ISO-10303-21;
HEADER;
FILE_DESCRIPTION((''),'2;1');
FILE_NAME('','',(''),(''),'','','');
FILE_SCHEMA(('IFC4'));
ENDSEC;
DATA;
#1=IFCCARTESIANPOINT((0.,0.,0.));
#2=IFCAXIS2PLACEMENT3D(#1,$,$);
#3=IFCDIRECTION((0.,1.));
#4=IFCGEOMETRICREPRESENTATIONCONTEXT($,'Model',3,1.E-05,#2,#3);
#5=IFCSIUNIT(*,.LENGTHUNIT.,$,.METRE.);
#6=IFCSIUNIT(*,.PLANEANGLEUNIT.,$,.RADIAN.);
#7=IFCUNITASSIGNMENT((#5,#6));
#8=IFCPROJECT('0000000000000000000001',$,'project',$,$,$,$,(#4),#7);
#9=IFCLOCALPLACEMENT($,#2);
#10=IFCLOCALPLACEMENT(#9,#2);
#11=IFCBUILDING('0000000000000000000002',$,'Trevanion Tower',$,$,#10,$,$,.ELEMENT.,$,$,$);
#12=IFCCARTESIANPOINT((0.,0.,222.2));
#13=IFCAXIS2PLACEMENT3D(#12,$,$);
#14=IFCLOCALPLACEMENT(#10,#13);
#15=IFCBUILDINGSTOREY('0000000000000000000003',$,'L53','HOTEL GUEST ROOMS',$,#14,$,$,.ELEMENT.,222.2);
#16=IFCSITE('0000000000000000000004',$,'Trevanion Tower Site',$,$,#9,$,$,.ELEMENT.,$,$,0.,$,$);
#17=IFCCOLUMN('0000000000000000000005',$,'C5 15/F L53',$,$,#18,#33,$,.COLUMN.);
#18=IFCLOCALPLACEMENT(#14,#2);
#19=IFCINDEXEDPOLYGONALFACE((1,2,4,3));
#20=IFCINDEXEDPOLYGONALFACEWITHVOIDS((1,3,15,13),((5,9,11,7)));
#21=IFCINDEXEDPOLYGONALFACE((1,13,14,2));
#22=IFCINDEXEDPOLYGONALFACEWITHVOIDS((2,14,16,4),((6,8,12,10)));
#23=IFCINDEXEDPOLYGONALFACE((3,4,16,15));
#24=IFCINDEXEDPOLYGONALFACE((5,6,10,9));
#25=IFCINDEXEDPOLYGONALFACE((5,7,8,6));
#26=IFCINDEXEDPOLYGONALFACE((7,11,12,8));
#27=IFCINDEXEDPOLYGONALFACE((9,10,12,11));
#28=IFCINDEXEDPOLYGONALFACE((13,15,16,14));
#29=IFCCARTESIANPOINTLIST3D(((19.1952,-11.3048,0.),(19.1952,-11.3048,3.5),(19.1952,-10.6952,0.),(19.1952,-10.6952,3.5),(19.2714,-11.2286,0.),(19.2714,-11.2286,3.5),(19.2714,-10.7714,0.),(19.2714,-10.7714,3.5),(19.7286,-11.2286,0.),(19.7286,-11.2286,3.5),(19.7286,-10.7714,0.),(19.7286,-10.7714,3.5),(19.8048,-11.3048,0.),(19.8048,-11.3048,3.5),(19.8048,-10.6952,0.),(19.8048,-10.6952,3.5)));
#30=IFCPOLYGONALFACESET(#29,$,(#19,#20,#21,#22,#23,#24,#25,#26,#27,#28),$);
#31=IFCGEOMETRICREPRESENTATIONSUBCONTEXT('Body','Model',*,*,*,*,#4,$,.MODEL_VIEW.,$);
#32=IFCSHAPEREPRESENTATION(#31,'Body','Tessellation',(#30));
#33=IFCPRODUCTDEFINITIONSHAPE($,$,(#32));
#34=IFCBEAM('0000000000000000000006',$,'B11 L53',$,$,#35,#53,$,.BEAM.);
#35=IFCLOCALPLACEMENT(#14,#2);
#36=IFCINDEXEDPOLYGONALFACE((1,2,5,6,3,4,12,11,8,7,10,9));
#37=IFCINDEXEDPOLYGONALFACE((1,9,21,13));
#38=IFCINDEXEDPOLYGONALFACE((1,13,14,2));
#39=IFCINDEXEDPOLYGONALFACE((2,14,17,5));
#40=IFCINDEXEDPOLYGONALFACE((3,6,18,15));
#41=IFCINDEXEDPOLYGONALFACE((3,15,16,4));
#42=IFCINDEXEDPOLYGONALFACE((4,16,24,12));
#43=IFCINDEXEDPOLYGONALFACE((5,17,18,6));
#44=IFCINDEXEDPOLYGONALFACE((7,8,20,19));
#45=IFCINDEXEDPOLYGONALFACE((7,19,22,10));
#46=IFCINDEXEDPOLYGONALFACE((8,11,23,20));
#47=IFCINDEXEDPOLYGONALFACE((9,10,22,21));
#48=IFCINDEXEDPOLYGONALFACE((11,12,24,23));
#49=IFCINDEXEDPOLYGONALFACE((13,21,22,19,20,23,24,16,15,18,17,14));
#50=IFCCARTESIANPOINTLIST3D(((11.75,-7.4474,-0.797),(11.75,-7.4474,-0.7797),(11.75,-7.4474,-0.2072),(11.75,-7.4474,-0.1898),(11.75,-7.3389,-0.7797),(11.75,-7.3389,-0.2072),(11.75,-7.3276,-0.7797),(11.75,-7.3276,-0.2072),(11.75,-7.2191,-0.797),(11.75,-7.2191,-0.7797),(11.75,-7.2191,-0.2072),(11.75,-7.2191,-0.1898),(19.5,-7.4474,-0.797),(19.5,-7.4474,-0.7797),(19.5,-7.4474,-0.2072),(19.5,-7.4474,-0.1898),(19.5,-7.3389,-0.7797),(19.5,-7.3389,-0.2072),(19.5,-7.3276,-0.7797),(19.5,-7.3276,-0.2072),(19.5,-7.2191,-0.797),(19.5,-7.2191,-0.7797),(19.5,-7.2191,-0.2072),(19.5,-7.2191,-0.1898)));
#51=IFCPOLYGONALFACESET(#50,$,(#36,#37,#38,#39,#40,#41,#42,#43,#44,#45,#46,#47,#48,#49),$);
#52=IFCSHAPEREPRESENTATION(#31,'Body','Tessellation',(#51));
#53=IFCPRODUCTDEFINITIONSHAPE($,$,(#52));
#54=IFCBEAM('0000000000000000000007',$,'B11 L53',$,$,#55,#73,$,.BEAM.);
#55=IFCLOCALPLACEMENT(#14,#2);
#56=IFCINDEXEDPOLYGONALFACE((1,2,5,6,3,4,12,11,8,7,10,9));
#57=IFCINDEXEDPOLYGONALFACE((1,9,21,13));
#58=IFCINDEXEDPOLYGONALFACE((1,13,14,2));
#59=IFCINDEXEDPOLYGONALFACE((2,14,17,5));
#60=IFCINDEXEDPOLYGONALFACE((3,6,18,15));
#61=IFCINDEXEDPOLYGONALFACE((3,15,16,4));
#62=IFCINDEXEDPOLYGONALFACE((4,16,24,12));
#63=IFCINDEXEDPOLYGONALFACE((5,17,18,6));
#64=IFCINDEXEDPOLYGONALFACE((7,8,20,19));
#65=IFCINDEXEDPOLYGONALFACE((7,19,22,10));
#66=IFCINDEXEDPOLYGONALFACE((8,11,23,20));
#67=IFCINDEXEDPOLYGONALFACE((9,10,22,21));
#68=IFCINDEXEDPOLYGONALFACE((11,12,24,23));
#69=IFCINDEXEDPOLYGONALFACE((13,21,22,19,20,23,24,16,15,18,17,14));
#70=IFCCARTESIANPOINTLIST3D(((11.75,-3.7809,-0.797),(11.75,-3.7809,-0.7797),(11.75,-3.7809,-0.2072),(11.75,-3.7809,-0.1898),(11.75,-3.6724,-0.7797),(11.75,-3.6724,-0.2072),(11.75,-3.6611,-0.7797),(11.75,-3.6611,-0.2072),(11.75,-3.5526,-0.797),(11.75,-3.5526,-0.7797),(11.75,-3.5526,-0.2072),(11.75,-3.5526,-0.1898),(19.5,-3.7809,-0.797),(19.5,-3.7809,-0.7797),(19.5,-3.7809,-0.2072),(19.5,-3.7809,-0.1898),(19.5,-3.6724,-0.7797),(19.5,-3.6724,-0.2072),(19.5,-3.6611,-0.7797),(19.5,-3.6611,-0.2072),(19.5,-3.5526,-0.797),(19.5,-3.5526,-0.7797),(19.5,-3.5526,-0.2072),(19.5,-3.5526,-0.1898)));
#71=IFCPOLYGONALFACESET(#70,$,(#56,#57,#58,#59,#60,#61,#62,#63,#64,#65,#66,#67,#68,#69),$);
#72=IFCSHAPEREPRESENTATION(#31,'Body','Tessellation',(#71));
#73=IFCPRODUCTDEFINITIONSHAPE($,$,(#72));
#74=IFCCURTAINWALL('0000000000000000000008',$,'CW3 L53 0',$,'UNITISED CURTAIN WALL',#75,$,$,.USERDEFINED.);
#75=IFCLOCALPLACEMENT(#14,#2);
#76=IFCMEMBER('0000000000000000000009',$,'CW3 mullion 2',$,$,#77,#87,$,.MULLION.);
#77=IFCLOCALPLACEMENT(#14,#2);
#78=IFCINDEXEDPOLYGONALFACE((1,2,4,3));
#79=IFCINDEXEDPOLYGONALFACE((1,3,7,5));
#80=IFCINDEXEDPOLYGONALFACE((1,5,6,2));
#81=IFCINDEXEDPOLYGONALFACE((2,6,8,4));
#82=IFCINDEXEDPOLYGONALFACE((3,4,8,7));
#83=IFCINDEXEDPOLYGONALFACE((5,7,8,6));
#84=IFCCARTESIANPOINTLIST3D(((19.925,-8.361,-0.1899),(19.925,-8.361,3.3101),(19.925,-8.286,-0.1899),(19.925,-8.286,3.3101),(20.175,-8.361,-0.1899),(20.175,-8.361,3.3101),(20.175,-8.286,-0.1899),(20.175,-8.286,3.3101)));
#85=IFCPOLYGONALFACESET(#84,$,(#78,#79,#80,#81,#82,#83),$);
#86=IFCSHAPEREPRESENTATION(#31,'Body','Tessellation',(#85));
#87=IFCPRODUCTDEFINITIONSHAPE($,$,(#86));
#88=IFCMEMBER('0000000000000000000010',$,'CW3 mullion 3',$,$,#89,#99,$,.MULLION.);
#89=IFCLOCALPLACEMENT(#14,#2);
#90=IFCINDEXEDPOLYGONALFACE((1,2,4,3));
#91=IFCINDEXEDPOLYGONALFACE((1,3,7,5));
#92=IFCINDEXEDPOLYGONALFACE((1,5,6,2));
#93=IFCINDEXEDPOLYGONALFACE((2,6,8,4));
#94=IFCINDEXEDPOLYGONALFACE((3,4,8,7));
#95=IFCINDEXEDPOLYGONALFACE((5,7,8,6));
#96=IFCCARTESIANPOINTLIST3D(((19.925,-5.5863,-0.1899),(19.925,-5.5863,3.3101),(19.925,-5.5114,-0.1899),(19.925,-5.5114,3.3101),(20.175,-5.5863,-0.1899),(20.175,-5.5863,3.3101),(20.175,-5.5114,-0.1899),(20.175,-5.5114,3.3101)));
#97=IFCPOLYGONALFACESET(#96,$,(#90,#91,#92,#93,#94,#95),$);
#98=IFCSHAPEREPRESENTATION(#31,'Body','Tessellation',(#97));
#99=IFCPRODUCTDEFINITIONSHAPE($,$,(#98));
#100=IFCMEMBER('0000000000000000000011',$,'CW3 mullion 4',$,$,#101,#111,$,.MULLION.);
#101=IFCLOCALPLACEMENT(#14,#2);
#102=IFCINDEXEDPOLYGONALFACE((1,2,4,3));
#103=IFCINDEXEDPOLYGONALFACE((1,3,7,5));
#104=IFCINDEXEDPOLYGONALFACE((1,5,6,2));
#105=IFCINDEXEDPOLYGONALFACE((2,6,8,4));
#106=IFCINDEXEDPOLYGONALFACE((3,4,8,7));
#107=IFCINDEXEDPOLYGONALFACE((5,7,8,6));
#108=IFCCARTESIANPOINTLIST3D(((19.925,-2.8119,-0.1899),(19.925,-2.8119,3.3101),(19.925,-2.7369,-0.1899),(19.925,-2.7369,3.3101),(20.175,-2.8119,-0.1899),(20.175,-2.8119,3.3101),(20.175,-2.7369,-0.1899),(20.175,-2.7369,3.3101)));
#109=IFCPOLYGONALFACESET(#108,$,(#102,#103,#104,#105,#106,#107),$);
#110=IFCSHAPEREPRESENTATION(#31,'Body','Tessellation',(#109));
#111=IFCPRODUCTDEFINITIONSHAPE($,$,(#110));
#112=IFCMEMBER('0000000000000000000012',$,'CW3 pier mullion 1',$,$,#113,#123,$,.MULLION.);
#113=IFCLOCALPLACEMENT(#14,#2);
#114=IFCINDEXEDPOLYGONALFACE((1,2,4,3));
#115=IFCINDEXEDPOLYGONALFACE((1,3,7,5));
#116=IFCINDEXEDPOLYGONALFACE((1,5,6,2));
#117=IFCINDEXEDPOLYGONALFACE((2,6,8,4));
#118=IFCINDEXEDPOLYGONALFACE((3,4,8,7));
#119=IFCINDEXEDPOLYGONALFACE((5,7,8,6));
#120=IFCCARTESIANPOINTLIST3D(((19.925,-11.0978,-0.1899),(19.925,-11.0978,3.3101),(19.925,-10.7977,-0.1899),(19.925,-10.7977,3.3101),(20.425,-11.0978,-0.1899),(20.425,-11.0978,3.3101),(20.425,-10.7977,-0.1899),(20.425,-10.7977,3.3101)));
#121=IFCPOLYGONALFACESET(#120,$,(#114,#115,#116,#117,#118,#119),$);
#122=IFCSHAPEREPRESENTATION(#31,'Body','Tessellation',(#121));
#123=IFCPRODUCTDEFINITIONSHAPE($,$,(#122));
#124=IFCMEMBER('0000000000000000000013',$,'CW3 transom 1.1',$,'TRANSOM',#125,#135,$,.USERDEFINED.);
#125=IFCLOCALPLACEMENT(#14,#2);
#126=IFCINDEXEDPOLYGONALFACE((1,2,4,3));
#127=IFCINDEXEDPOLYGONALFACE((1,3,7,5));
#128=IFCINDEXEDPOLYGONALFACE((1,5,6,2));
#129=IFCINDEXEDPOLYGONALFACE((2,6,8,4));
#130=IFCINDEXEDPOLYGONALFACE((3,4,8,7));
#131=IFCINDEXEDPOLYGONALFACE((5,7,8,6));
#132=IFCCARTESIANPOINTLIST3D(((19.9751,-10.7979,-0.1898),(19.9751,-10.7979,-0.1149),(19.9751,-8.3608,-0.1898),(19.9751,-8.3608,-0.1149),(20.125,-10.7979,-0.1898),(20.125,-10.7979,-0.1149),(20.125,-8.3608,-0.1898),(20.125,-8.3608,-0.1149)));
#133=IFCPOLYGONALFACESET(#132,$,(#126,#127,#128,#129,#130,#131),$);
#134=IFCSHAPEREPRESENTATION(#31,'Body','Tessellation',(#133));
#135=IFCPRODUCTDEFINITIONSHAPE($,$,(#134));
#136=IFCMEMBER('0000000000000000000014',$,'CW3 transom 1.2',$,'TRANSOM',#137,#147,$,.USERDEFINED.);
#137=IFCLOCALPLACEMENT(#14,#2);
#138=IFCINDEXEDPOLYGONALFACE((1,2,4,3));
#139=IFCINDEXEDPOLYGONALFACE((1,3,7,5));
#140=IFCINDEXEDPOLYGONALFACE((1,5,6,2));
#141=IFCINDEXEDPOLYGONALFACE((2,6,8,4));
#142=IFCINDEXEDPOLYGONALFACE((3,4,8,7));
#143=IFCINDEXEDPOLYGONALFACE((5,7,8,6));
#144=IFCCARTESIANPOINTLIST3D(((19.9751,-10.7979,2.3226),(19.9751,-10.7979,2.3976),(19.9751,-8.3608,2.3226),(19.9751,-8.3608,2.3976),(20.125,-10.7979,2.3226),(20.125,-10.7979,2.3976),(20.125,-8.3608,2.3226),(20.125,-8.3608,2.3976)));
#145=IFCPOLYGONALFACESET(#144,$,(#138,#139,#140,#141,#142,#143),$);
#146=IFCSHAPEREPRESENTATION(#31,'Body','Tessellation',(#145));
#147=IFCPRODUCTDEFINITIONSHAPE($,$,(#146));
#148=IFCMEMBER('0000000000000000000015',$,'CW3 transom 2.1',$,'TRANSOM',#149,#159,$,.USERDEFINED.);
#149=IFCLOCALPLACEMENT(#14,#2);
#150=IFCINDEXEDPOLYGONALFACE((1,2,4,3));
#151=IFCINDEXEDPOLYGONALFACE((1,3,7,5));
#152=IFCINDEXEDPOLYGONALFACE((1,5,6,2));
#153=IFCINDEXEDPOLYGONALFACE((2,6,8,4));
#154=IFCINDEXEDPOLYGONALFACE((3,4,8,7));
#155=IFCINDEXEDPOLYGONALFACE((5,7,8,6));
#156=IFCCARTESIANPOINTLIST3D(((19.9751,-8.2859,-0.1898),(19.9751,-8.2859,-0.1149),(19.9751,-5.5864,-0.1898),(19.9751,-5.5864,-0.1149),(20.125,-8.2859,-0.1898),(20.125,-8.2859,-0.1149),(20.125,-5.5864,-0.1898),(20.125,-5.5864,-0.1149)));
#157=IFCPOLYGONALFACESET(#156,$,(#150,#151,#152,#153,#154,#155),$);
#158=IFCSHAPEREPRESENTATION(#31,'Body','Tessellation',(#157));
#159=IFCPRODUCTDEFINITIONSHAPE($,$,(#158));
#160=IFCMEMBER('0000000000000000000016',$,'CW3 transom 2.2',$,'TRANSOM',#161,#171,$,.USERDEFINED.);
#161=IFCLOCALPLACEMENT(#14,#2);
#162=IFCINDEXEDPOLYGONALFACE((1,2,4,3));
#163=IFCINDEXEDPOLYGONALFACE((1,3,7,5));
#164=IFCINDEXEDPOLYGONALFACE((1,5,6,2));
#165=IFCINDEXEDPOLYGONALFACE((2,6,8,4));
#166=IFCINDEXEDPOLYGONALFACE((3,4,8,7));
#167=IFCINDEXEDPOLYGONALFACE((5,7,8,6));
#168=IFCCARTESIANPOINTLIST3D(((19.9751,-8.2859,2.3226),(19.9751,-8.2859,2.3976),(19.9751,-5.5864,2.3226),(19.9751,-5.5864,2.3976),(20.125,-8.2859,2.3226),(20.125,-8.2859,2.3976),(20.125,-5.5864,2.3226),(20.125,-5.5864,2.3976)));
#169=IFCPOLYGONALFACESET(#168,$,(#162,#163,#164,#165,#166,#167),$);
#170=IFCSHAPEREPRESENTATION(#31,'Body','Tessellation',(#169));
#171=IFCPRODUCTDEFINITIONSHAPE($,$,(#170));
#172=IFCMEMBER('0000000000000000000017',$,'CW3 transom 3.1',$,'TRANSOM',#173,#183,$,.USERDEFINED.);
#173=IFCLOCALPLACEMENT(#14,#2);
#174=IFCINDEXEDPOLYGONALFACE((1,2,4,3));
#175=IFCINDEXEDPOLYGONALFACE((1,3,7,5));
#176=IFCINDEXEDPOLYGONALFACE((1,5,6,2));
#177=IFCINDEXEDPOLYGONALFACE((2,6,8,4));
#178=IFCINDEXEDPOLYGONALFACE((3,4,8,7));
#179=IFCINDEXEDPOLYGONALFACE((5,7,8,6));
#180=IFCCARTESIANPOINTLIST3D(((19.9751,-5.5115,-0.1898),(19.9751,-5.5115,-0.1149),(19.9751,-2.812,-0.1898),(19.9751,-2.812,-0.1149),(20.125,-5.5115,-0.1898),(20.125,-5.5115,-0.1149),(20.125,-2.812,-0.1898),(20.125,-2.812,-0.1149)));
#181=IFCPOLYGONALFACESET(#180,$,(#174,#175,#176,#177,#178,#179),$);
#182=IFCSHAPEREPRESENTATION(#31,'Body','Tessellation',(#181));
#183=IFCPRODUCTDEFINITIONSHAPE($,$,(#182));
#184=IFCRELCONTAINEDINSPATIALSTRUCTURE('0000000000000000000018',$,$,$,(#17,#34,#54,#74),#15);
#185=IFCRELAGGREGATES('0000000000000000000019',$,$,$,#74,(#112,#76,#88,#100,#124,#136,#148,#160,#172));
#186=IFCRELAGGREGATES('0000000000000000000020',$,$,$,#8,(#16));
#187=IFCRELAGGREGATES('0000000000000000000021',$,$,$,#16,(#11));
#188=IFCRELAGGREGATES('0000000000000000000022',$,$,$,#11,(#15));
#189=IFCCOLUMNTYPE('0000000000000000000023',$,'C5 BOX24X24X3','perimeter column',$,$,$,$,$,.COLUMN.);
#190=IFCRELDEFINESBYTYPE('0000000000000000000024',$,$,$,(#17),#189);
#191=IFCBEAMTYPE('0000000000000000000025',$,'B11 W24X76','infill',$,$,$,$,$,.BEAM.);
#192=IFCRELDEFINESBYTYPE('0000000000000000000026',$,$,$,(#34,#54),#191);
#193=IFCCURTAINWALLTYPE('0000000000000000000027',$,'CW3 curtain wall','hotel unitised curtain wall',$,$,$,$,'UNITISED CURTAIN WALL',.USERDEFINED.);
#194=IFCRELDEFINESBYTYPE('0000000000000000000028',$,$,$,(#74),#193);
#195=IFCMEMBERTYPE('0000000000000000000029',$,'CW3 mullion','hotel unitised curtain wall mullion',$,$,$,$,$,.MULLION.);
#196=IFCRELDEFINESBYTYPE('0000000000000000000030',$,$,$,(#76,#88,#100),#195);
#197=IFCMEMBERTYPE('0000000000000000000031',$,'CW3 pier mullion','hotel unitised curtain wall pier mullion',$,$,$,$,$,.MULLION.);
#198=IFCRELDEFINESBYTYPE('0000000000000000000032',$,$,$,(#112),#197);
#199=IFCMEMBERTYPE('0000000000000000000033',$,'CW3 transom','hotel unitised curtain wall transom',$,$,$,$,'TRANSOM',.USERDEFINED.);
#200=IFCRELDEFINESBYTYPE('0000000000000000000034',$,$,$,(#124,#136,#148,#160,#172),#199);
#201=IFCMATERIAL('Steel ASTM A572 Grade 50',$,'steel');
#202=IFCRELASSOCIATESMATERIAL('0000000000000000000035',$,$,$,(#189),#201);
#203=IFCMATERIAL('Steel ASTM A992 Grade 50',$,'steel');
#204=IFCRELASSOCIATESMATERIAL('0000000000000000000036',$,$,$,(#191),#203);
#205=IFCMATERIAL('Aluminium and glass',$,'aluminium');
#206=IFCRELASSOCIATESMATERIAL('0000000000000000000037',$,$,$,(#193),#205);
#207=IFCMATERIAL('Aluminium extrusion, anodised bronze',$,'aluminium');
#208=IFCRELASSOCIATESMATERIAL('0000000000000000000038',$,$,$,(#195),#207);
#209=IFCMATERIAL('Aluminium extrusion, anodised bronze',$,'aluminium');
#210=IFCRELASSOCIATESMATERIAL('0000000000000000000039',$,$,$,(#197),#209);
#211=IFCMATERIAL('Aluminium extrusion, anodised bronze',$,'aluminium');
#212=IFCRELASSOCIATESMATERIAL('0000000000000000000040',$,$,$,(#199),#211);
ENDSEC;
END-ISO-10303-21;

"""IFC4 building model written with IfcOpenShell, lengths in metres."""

from ifc_helpers import new_model, si_unit, direction, frame, origin, origin_2d, place, context, subcontext, project, spatial, rectangle, hollow_rectangle, i_section, extrude, material, material_profile, profile_set, type_object, element, aggregate, save


model = new_model("IFC4")

# Units and contexts
model_context = context("Model", 3, precision=1e-05, world=origin(), true_north=direction((0.0, 1.0)))
body_context = subcontext(model_context, "Body", "Model", "MODEL_VIEW")
ifc_project = project(units=[si_unit("LENGTHUNIT", "METRE"), si_unit("PLANEANGLEUNIT", "RADIAN")], contexts=[model_context])

# Site, building, storey
site_placement = place(None, origin())
site = spatial("IfcSite", under=ifc_project, at=site_placement, Name="Trevanion Tower Site", CompositionType="ELEMENT", RefElevation=0.0)
building_placement = place(site_placement, origin())
building = spatial("IfcBuilding", under=site, at=building_placement, Name="Trevanion Tower", CompositionType="ELEMENT")
storey_placement = place(building_placement, frame((0.0, 0.0, 222.2)))
storey = spatial("IfcBuildingStorey", under=building, at=storey_placement, Name="L53", Description="HOTEL GUEST ROOMS", CompositionType="ELEMENT", Elevation=222.2)

# Column
ifc_material_1 = material(Name="Steel ASTM A572 Grade 50", Category="steel")
ifc_material_profile_1 = material_profile(ifc_material_1, hollow_rectangle(XDim=0.6096, YDim=0.6096, WallThickness=0.0762, at=origin_2d()), Name="BOX24X24X3")
ifc_profile_set_1 = profile_set([ifc_material_profile_1], Name="Steel ASTM A572 Grade 50")
column_type = type_object("IfcColumnType", Name="C5 BOX24X24X3", Description="perimeter column", PredefinedType="COLUMN", material=ifc_profile_set_1)
column_placement = place(storey_placement, frame((19.5, -11.0, 0.0), z_axis=(0.0, 0.0, 1.0), x_axis=(0.0, 1.0, 0.0)))
element("IfcColumn", 1, at=column_placement, inside=storey, type_object=column_type, Name="C5 15/F L53", PredefinedType="COLUMN", context=body_context, shape_type="SweptSolid", body=[
    extrude(hollow_rectangle(XDim=0.6096, YDim=0.6096, WallThickness=0.0762, at=origin_2d()), origin(), (0.0, 0.0, 1.0), 3.5),
])

# Beams
ifc_material_2 = material(Name="Steel ASTM A992 Grade 50", Category="steel")
ifc_material_profile_2 = material_profile(ifc_material_2, i_section(OverallWidth=0.2283, OverallDepth=0.6072, WebThickness=0.0112, FlangeThickness=0.0173, at=origin_2d()), Name="W24X76")
ifc_profile_set_2 = profile_set([ifc_material_profile_2], Name="Steel ASTM A992 Grade 50")
beam_type_1 = type_object("IfcBeamType", Name="B11 W24X76", Description="infill", PredefinedType="BEAM", material=ifc_profile_set_2)
for number, where, z_axis, x_axis, name in (
    (2, (11.75, -7.3333, -0.4934), (1.0, 0.0, 0.0), (0.0, 1.0, 0.0), "B11 L53"),
    (3, (11.75, -3.6667, -0.4934), (1.0, 0.0, 0.0), (0.0, 1.0, 0.0), "B11 L53"),
):
    element("IfcBeam", number, at=place(storey_placement, frame(where, z_axis=z_axis, x_axis=x_axis)), inside=storey, type_object=beam_type_1, Name=name, PredefinedType="BEAM", context=body_context, shape_type="SweptSolid", body=[
        extrude(i_section(OverallWidth=0.2283, OverallDepth=0.6072, WebThickness=0.0112, FlangeThickness=0.0173, at=origin_2d()), origin(), (0.0, 0.0, 1.0), 7.75),
    ])

# Curtain wall, members
ifc_material_3 = material(Name="Aluminium and glass", Category="aluminium")
curtain_wall_type = type_object("IfcCurtainWallType", Name="CW3 curtain wall", Description="hotel unitised curtain wall", ElementType="UNITISED CURTAIN WALL", PredefinedType="USERDEFINED", material=ifc_material_3)
curtain_wall_placement = place(storey_placement, origin())
curtain_wall = element("IfcCurtainWall", 4, at=curtain_wall_placement, inside=storey, type_object=curtain_wall_type, Name="CW3 L53 0", ObjectType="UNITISED CURTAIN WALL", PredefinedType="USERDEFINED")
ifc_material_4 = material(Name="Aluminium extrusion, anodised bronze", Category="aluminium")
ifc_material_profile_3 = material_profile(ifc_material_4, rectangle(XDim=0.075, YDim=0.25, at=origin_2d()), Name="CW3 mullion")
ifc_profile_set_3 = profile_set([ifc_material_profile_3], Name="Aluminium extrusion, anodised bronze")
member_type_1 = type_object("IfcMemberType", Name="CW3 mullion", Description="hotel unitised curtain wall mullion", PredefinedType="MULLION", material=ifc_profile_set_3)
member_1_placement = place(storey_placement, frame((20.05, -8.3235, -0.1899), z_axis=(0.0, 0.0, 1.0), x_axis=(0.0, 1.0, 0.0)))
member_1 = element("IfcMember", 5, at=member_1_placement, type_object=member_type_1, Name="CW3 mullion 2", PredefinedType="MULLION", context=body_context, shape_type="SweptSolid", body=[
    extrude(rectangle(XDim=0.075, YDim=0.25, at=origin_2d()), origin(), (0.0, 0.0, 1.0), 3.5),
])
member_2_placement = place(storey_placement, frame((20.05, -5.5488, -0.1899), z_axis=(0.0, 0.0, 1.0), x_axis=(0.0, 1.0, 0.0)))
member_2 = element("IfcMember", 6, at=member_2_placement, type_object=member_type_1, Name="CW3 mullion 3", PredefinedType="MULLION", context=body_context, shape_type="SweptSolid", body=[
    extrude(rectangle(XDim=0.075, YDim=0.25, at=origin_2d()), origin(), (0.0, 0.0, 1.0), 3.5),
])
member_3_placement = place(storey_placement, frame((20.05, -2.7744, -0.1899), z_axis=(0.0, 0.0, 1.0), x_axis=(0.0, 1.0, 0.0)))
member_3 = element("IfcMember", 7, at=member_3_placement, type_object=member_type_1, Name="CW3 mullion 4", PredefinedType="MULLION", context=body_context, shape_type="SweptSolid", body=[
    extrude(rectangle(XDim=0.075, YDim=0.25, at=origin_2d()), origin(), (0.0, 0.0, 1.0), 3.5),
])
ifc_material_5 = material(Name="Aluminium extrusion, anodised bronze", Category="aluminium")
ifc_material_profile_4 = material_profile(ifc_material_5, rectangle(XDim=0.3, YDim=0.5, at=origin_2d()), Name="CW3 pier mullion")
ifc_profile_set_4 = profile_set([ifc_material_profile_4], Name="Aluminium extrusion, anodised bronze")
member_type_2 = type_object("IfcMemberType", Name="CW3 pier mullion", Description="hotel unitised curtain wall pier mullion", PredefinedType="MULLION", material=ifc_profile_set_4)
member_4_placement = place(storey_placement, frame((20.175, -10.9478, -0.1899), z_axis=(0.0, 0.0, 1.0), x_axis=(0.0, 1.0, 0.0)))
member_4 = element("IfcMember", 8, at=member_4_placement, type_object=member_type_2, Name="CW3 pier mullion 1", PredefinedType="MULLION", context=body_context, shape_type="SweptSolid", body=[
    extrude(rectangle(XDim=0.3, YDim=0.5, at=origin_2d()), origin(), (0.0, 0.0, 1.0), 3.5),
])
ifc_material_6 = material(Name="Aluminium extrusion, anodised bronze", Category="aluminium")
ifc_material_profile_5 = material_profile(ifc_material_6, rectangle(XDim=0.1499, YDim=0.075, at=origin_2d()), Name="CW3 transom")
ifc_profile_set_5 = profile_set([ifc_material_profile_5], Name="Aluminium extrusion, anodised bronze")
member_type_3 = type_object("IfcMemberType", Name="CW3 transom", Description="hotel unitised curtain wall transom", ElementType="TRANSOM", PredefinedType="USERDEFINED", material=ifc_profile_set_5)
member_5_placement = place(storey_placement, frame((20.05, -10.7979, -0.1523), z_axis=(0.0, 1.0, 0.0), x_axis=(-1.0, 0.0, 0.0)))
member_5 = element("IfcMember", 9, at=member_5_placement, type_object=member_type_3, Name="CW3 transom 1.1", ObjectType="TRANSOM", PredefinedType="USERDEFINED", context=body_context, shape_type="SweptSolid", body=[
    extrude(rectangle(XDim=0.1499, YDim=0.075, at=origin_2d()), origin(), (0.0, 0.0, 1.0), 2.437),
])
member_6_placement = place(storey_placement, frame((20.05, -10.7979, 2.3601), z_axis=(0.0, 1.0, 0.0), x_axis=(-1.0, 0.0, 0.0)))
member_6 = element("IfcMember", 10, at=member_6_placement, type_object=member_type_3, Name="CW3 transom 1.2", ObjectType="TRANSOM", PredefinedType="USERDEFINED", context=body_context, shape_type="SweptSolid", body=[
    extrude(rectangle(XDim=0.1499, YDim=0.075, at=origin_2d()), origin(), (0.0, 0.0, 1.0), 2.437),
])
member_7_placement = place(storey_placement, frame((20.05, -8.2859, -0.1523), z_axis=(0.0, 1.0, 0.0), x_axis=(-1.0, 0.0, 0.0)))
member_7 = element("IfcMember", 11, at=member_7_placement, type_object=member_type_3, Name="CW3 transom 2.1", ObjectType="TRANSOM", PredefinedType="USERDEFINED", context=body_context, shape_type="SweptSolid", body=[
    extrude(rectangle(XDim=0.1499, YDim=0.075, at=origin_2d()), origin(), (0.0, 0.0, 1.0), 2.6995),
])
member_8_placement = place(storey_placement, frame((20.05, -8.2859, 2.3601), z_axis=(0.0, 1.0, 0.0), x_axis=(-1.0, 0.0, 0.0)))
member_8 = element("IfcMember", 12, at=member_8_placement, type_object=member_type_3, Name="CW3 transom 2.2", ObjectType="TRANSOM", PredefinedType="USERDEFINED", context=body_context, shape_type="SweptSolid", body=[
    extrude(rectangle(XDim=0.1499, YDim=0.075, at=origin_2d()), origin(), (0.0, 0.0, 1.0), 2.6995),
])
member_9_placement = place(storey_placement, frame((20.05, -5.5115, -0.1523), z_axis=(0.0, 1.0, 0.0), x_axis=(-1.0, 0.0, 0.0)))
member_9 = element("IfcMember", 13, at=member_9_placement, type_object=member_type_3, Name="CW3 transom 3.1", ObjectType="TRANSOM", PredefinedType="USERDEFINED", context=body_context, shape_type="SweptSolid", body=[
    extrude(rectangle(XDim=0.1499, YDim=0.075, at=origin_2d()), origin(), (0.0, 0.0, 1.0), 2.6995),
])

aggregate(curtain_wall, [member_4, member_1, member_2, member_3, member_5, member_6, member_7, member_8, member_9])

save(model, "model.ifc")
